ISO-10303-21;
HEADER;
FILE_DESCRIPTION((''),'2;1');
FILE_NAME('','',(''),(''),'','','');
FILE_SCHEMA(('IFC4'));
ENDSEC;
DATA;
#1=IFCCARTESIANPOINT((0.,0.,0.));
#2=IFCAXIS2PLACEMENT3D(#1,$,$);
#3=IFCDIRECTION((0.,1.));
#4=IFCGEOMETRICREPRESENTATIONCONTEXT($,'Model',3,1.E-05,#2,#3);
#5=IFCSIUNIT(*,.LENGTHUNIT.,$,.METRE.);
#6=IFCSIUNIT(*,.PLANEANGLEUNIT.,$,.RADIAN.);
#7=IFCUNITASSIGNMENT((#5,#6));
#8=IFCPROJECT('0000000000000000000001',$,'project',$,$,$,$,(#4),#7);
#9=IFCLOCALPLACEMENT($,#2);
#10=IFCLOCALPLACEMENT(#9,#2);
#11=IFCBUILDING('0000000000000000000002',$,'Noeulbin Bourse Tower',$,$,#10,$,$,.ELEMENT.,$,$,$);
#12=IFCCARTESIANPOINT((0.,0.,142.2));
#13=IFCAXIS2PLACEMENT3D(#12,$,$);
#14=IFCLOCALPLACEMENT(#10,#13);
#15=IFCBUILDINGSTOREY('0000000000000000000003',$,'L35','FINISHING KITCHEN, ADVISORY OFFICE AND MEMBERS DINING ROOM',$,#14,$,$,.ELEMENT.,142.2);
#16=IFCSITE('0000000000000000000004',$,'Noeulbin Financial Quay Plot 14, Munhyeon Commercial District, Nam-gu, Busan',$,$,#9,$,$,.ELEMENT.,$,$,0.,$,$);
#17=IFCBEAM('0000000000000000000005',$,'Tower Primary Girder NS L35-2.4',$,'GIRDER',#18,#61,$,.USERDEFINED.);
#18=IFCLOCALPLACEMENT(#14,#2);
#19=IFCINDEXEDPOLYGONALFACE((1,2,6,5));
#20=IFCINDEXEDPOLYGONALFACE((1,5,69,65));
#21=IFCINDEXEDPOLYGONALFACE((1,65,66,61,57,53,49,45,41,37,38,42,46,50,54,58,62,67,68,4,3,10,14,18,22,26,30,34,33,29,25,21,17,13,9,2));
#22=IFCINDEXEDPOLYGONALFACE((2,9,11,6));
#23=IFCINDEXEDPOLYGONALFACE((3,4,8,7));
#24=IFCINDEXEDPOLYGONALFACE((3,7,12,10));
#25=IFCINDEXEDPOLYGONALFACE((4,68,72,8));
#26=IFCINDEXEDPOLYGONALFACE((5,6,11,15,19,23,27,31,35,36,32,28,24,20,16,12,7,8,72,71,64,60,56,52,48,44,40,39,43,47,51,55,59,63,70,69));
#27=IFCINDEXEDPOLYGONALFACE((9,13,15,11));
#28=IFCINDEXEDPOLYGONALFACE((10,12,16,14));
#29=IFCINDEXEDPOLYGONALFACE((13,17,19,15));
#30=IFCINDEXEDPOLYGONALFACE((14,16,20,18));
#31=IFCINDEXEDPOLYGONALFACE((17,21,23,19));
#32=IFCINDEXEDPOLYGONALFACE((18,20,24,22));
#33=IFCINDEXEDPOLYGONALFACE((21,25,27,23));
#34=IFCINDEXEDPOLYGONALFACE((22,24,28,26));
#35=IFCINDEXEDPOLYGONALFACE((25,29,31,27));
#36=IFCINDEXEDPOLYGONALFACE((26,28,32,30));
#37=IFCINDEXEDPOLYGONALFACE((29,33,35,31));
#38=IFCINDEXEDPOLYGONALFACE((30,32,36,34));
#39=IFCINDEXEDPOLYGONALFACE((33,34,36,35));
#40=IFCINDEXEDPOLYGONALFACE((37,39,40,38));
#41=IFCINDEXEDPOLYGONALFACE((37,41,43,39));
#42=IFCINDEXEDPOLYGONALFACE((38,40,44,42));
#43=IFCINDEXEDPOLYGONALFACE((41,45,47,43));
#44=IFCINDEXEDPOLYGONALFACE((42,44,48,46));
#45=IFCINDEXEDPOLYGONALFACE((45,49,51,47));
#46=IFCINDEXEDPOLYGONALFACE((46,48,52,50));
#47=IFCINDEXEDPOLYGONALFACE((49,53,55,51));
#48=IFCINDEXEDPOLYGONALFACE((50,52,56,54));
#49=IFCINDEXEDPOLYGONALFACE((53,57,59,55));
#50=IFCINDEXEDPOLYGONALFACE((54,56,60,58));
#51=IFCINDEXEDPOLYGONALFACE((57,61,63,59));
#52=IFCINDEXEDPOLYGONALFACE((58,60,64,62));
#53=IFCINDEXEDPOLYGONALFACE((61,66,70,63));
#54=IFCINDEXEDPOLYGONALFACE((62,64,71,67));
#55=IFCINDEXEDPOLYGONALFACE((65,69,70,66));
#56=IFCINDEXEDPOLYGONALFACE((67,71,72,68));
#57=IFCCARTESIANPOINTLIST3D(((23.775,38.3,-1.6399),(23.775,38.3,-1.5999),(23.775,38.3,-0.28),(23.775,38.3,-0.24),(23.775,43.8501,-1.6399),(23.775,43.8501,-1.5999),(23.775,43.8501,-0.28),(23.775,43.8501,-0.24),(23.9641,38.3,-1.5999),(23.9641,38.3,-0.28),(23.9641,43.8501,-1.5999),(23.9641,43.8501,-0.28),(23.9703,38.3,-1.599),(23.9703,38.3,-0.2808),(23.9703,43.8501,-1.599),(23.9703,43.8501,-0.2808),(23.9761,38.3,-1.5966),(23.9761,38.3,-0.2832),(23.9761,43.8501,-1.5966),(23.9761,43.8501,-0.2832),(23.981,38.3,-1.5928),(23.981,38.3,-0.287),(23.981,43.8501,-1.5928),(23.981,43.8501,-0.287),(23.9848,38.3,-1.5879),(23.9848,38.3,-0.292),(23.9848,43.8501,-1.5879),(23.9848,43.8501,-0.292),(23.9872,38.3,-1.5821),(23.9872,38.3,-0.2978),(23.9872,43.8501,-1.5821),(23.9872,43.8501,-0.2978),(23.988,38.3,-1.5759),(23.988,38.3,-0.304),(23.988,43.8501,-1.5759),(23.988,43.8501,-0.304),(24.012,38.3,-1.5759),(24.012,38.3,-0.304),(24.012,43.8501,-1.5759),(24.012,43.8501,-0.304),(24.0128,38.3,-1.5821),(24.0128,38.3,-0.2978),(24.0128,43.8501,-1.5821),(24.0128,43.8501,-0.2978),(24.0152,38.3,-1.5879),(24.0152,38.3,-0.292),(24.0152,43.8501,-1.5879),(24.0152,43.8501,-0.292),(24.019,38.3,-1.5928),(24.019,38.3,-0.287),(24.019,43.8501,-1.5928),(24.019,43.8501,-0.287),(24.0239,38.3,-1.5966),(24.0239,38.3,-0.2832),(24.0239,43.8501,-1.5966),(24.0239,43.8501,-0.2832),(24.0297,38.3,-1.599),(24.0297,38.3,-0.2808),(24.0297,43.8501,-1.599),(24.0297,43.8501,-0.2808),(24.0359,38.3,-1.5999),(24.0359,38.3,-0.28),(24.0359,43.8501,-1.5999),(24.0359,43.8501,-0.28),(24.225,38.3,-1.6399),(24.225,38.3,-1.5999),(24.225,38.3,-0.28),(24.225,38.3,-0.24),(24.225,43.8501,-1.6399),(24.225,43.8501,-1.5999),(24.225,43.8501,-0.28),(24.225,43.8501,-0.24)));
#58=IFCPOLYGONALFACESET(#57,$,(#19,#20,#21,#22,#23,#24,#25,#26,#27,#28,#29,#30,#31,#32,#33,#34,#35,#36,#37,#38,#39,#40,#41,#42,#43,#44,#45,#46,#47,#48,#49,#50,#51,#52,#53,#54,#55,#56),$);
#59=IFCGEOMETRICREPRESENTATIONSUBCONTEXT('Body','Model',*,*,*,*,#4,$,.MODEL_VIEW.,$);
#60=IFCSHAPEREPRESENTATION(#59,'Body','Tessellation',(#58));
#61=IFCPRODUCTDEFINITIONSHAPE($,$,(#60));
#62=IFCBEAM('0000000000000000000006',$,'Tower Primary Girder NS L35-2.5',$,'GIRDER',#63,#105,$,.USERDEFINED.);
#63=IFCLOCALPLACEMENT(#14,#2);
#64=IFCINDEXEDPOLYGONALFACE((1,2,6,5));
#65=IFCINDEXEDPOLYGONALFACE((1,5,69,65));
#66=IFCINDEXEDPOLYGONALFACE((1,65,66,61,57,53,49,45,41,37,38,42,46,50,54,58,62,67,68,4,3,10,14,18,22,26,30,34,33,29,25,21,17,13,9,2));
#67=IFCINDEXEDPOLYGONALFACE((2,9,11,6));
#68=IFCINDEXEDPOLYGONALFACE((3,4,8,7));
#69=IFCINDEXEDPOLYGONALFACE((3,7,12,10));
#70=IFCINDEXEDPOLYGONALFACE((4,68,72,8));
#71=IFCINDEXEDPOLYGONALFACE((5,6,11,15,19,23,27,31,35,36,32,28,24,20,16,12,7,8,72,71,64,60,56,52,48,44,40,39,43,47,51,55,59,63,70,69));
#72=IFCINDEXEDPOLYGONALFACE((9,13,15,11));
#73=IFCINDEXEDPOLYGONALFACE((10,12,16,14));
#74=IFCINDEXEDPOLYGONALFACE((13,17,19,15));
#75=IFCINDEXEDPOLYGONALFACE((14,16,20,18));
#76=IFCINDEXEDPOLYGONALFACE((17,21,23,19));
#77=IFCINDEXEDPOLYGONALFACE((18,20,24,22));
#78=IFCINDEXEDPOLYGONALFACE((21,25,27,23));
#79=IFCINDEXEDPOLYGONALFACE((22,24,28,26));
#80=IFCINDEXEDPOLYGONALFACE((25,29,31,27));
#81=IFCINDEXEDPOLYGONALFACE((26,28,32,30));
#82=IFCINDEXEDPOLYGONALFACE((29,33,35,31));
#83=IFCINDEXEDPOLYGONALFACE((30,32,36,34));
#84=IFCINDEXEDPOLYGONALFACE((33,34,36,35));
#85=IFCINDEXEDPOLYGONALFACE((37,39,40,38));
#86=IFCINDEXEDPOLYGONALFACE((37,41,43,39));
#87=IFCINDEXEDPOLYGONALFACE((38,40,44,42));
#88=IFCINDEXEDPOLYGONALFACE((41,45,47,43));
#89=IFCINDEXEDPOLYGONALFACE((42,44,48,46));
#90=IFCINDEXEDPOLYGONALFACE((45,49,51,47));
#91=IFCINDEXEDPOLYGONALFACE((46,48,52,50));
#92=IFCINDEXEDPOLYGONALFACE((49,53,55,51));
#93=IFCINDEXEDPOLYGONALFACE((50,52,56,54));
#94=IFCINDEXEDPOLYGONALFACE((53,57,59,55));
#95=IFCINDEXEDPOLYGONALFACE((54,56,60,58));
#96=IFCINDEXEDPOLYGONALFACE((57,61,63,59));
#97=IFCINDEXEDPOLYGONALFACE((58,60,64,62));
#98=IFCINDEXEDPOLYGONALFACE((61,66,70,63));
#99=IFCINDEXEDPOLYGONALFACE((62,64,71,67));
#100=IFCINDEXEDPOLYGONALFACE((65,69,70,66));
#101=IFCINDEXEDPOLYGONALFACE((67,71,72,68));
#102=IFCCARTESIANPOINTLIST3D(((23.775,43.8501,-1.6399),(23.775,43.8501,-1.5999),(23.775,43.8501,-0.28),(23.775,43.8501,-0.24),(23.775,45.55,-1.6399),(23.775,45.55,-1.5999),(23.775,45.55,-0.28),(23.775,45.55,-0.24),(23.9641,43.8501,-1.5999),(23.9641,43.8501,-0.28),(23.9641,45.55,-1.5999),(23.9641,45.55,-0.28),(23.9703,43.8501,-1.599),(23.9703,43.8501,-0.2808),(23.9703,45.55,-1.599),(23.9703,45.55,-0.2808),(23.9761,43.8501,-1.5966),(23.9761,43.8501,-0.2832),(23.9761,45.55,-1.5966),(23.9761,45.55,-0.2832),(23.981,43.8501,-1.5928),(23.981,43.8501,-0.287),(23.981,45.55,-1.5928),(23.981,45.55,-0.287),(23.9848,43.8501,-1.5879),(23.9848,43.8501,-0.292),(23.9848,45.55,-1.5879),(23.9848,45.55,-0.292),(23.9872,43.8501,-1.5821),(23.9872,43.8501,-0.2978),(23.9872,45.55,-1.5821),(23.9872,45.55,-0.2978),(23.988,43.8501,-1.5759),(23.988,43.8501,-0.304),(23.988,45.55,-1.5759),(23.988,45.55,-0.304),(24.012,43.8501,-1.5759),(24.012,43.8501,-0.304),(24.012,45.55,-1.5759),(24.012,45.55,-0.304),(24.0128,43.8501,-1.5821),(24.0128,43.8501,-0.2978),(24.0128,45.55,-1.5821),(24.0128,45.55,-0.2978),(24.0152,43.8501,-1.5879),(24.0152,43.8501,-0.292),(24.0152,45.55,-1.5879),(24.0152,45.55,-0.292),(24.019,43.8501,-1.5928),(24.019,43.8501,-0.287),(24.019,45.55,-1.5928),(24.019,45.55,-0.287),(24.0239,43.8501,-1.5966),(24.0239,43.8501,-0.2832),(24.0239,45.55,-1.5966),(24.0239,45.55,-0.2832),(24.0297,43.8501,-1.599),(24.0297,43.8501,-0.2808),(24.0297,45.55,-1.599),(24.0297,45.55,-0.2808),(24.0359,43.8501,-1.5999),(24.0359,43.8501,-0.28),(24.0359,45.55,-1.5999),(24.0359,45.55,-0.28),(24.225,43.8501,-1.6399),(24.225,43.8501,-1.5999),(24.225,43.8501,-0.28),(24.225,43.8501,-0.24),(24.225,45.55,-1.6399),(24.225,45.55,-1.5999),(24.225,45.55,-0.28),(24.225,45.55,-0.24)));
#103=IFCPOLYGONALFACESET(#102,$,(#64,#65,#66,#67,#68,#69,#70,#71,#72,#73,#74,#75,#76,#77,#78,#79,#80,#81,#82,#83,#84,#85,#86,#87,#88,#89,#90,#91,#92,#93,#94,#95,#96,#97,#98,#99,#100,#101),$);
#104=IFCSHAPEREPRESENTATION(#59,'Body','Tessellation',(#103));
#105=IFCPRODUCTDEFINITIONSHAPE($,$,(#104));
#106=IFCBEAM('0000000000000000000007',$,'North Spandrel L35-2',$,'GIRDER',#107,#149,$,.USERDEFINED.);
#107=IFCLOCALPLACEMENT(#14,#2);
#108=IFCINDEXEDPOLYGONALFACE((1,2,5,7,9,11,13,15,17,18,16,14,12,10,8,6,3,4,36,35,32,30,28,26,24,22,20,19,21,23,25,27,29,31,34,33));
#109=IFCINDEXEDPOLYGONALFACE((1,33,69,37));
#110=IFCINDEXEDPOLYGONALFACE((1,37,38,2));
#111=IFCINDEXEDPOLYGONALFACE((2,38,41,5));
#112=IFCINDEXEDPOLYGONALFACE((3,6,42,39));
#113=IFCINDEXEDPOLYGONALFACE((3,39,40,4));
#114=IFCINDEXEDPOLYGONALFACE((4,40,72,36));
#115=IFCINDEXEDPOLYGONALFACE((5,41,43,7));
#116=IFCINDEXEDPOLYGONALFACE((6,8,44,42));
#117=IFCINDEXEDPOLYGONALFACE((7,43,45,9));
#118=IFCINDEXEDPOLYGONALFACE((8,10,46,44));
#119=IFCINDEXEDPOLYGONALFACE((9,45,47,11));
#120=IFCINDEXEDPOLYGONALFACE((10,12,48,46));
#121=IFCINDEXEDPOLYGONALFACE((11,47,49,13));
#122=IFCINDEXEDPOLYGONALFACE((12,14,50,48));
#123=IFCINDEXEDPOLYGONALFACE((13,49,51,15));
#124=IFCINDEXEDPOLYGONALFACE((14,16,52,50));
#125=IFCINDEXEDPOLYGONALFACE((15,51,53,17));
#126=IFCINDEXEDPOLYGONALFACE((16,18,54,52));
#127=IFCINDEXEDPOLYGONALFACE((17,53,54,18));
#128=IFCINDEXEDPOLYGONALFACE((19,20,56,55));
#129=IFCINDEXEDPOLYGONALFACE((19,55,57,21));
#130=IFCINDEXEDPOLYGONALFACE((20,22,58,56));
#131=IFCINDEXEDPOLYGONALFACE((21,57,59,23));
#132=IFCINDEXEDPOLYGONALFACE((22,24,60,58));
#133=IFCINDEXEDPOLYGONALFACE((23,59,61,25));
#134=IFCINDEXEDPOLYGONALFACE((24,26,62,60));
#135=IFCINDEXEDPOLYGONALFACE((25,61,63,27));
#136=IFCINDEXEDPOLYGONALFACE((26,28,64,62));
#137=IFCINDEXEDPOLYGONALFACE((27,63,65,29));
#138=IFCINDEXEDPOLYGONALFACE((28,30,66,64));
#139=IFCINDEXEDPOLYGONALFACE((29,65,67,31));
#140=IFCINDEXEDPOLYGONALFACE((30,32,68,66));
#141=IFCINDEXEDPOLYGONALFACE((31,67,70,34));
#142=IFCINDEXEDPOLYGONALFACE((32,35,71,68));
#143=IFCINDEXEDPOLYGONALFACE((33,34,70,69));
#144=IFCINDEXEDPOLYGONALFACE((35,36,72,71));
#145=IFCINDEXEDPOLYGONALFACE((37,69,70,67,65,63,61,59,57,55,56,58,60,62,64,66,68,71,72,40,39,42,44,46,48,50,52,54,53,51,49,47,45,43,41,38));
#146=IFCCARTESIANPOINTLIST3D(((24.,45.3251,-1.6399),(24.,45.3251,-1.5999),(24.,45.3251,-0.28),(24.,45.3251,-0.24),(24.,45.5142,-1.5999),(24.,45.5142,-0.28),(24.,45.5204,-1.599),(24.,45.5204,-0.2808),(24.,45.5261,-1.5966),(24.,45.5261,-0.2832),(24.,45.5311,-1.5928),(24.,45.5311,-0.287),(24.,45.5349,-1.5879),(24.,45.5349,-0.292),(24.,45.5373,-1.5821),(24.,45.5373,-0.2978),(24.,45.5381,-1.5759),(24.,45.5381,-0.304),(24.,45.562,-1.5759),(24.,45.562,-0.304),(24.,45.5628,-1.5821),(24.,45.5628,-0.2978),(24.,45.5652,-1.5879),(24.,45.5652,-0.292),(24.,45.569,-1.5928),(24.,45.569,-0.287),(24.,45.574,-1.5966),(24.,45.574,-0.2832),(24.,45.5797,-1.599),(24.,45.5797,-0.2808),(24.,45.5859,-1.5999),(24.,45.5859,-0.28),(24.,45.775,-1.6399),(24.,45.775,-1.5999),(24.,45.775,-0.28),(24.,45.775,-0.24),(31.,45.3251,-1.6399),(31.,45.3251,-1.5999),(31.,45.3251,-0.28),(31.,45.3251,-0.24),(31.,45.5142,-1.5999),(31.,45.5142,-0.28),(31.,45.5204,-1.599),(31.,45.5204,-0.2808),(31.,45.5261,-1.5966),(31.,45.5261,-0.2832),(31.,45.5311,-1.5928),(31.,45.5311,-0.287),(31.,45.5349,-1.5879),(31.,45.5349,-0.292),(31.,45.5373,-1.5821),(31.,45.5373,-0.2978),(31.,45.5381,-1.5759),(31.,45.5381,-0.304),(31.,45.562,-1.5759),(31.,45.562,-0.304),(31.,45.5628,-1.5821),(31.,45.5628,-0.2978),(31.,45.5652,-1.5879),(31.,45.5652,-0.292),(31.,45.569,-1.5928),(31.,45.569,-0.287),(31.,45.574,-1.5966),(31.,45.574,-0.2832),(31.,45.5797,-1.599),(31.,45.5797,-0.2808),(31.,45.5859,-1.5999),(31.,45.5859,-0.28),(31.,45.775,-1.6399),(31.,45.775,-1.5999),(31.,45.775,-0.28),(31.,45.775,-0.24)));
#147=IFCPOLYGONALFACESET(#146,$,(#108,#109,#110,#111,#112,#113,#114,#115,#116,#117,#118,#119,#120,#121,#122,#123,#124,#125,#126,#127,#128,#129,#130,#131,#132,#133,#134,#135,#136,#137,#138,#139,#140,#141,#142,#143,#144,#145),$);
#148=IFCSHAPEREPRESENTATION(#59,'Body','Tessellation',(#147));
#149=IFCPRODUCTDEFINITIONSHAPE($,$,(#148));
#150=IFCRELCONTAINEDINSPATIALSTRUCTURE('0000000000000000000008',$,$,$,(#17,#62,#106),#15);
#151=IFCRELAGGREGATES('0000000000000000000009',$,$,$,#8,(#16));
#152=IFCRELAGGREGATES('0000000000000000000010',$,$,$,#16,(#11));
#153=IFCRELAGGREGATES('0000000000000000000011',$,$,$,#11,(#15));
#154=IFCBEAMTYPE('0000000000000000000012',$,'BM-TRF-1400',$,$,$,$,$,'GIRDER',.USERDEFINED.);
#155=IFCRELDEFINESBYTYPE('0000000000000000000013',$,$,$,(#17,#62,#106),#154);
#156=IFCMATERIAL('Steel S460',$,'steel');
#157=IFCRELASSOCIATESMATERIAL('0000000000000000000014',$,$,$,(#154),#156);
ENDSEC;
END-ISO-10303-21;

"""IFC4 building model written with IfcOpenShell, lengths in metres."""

from ifc_helpers import new_model, si_unit, direction, frame, origin, origin_2d, place, context, subcontext, project, spatial, i_section, extrude, material, material_profile, profile_set, type_object, element, save


model = new_model("IFC4")

# Units and contexts
model_context = context("Model", 3, precision=1e-05, world=origin(), true_north=direction((0.0, 1.0)))
body_context = subcontext(model_context, "Body", "Model", "MODEL_VIEW")
ifc_project = project(units=[si_unit("LENGTHUNIT", "METRE"), si_unit("PLANEANGLEUNIT", "RADIAN")], contexts=[model_context])

# Site, building, storey
site_placement = place(None, origin())
site = spatial("IfcSite", under=ifc_project, at=site_placement, Name="Noeulbin Financial Quay Plot 14, Munhyeon Commercial District, Nam-gu, Busan", CompositionType="ELEMENT", RefElevation=0.0)
building_placement = place(site_placement, origin())
building = spatial("IfcBuilding", under=site, at=building_placement, Name="Noeulbin Bourse Tower", CompositionType="ELEMENT")
storey_placement = place(building_placement, frame((0.0, 0.0, 142.2)))
storey = spatial("IfcBuildingStorey", under=building, at=storey_placement, Name="L35", Description="FINISHING KITCHEN, ADVISORY OFFICE AND MEMBERS DINING ROOM", CompositionType="ELEMENT", Elevation=142.2)

# Beams
ifc_material_1 = material(Name="Steel S460", Category="steel")
ifc_material_profile_1 = material_profile(ifc_material_1, i_section(OverallWidth=0.45, OverallDepth=1.3999, WebThickness=0.0239, FlangeThickness=0.04, FilletRadius=0.0239, at=origin_2d()), Name="PG-1400x450x24x40", Category="LoadBearing")
ifc_profile_set_1 = profile_set([ifc_material_profile_1], Name="Steel S460")
beam_type_1 = type_object("IfcBeamType", Name="BM-TRF-1400", ElementType="GIRDER", PredefinedType="USERDEFINED", material=ifc_profile_set_1)
beam_1_placement = place(storey_placement, frame((24.0, 38.3, -0.9399), z_axis=(0.0, 1.0, 0.0), x_axis=(-1.0, 0.0, 0.0)))
element("IfcBeam", 1, at=beam_1_placement, inside=storey, type_object=beam_type_1, Name="Tower Primary Girder NS L35-2.4", ObjectType="GIRDER", PredefinedType="USERDEFINED", context=body_context, shape_type="SweptSolid", body=[
    extrude(i_section(OverallWidth=0.45, OverallDepth=1.3999, WebThickness=0.0239, FlangeThickness=0.04, FilletRadius=0.0239, at=origin_2d()), origin(), (0.0, 0.0, 1.0), 5.55),
])
beam_2_placement = place(storey_placement, frame((24.0, 43.8501, -0.9399), z_axis=(0.0, 1.0, 0.0), x_axis=(-1.0, 0.0, 0.0)))
element("IfcBeam", 2, at=beam_2_placement, inside=storey, type_object=beam_type_1, Name="Tower Primary Girder NS L35-2.5", ObjectType="GIRDER", PredefinedType="USERDEFINED", context=body_context, shape_type="SweptSolid", body=[
    extrude(i_section(OverallWidth=0.45, OverallDepth=1.3999, WebThickness=0.0239, FlangeThickness=0.04, FilletRadius=0.0239, at=origin_2d()), origin(), (0.0, 0.0, 1.0), 1.7),
])
beam_3_placement = place(storey_placement, frame((24.0, 45.55, -0.9399), z_axis=(1.0, 0.0, 0.0), x_axis=(0.0, 1.0, 0.0)))
element("IfcBeam", 3, at=beam_3_placement, inside=storey, type_object=beam_type_1, Name="North Spandrel L35-2", ObjectType="GIRDER", PredefinedType="USERDEFINED", context=body_context, shape_type="SweptSolid", body=[
    extrude(i_section(OverallWidth=0.45, OverallDepth=1.3999, WebThickness=0.0239, FlangeThickness=0.04, FilletRadius=0.0239, at=origin_2d()), origin(), (0.0, 0.0, 1.0), 7.0),
])

save(model, "model.ifc")
